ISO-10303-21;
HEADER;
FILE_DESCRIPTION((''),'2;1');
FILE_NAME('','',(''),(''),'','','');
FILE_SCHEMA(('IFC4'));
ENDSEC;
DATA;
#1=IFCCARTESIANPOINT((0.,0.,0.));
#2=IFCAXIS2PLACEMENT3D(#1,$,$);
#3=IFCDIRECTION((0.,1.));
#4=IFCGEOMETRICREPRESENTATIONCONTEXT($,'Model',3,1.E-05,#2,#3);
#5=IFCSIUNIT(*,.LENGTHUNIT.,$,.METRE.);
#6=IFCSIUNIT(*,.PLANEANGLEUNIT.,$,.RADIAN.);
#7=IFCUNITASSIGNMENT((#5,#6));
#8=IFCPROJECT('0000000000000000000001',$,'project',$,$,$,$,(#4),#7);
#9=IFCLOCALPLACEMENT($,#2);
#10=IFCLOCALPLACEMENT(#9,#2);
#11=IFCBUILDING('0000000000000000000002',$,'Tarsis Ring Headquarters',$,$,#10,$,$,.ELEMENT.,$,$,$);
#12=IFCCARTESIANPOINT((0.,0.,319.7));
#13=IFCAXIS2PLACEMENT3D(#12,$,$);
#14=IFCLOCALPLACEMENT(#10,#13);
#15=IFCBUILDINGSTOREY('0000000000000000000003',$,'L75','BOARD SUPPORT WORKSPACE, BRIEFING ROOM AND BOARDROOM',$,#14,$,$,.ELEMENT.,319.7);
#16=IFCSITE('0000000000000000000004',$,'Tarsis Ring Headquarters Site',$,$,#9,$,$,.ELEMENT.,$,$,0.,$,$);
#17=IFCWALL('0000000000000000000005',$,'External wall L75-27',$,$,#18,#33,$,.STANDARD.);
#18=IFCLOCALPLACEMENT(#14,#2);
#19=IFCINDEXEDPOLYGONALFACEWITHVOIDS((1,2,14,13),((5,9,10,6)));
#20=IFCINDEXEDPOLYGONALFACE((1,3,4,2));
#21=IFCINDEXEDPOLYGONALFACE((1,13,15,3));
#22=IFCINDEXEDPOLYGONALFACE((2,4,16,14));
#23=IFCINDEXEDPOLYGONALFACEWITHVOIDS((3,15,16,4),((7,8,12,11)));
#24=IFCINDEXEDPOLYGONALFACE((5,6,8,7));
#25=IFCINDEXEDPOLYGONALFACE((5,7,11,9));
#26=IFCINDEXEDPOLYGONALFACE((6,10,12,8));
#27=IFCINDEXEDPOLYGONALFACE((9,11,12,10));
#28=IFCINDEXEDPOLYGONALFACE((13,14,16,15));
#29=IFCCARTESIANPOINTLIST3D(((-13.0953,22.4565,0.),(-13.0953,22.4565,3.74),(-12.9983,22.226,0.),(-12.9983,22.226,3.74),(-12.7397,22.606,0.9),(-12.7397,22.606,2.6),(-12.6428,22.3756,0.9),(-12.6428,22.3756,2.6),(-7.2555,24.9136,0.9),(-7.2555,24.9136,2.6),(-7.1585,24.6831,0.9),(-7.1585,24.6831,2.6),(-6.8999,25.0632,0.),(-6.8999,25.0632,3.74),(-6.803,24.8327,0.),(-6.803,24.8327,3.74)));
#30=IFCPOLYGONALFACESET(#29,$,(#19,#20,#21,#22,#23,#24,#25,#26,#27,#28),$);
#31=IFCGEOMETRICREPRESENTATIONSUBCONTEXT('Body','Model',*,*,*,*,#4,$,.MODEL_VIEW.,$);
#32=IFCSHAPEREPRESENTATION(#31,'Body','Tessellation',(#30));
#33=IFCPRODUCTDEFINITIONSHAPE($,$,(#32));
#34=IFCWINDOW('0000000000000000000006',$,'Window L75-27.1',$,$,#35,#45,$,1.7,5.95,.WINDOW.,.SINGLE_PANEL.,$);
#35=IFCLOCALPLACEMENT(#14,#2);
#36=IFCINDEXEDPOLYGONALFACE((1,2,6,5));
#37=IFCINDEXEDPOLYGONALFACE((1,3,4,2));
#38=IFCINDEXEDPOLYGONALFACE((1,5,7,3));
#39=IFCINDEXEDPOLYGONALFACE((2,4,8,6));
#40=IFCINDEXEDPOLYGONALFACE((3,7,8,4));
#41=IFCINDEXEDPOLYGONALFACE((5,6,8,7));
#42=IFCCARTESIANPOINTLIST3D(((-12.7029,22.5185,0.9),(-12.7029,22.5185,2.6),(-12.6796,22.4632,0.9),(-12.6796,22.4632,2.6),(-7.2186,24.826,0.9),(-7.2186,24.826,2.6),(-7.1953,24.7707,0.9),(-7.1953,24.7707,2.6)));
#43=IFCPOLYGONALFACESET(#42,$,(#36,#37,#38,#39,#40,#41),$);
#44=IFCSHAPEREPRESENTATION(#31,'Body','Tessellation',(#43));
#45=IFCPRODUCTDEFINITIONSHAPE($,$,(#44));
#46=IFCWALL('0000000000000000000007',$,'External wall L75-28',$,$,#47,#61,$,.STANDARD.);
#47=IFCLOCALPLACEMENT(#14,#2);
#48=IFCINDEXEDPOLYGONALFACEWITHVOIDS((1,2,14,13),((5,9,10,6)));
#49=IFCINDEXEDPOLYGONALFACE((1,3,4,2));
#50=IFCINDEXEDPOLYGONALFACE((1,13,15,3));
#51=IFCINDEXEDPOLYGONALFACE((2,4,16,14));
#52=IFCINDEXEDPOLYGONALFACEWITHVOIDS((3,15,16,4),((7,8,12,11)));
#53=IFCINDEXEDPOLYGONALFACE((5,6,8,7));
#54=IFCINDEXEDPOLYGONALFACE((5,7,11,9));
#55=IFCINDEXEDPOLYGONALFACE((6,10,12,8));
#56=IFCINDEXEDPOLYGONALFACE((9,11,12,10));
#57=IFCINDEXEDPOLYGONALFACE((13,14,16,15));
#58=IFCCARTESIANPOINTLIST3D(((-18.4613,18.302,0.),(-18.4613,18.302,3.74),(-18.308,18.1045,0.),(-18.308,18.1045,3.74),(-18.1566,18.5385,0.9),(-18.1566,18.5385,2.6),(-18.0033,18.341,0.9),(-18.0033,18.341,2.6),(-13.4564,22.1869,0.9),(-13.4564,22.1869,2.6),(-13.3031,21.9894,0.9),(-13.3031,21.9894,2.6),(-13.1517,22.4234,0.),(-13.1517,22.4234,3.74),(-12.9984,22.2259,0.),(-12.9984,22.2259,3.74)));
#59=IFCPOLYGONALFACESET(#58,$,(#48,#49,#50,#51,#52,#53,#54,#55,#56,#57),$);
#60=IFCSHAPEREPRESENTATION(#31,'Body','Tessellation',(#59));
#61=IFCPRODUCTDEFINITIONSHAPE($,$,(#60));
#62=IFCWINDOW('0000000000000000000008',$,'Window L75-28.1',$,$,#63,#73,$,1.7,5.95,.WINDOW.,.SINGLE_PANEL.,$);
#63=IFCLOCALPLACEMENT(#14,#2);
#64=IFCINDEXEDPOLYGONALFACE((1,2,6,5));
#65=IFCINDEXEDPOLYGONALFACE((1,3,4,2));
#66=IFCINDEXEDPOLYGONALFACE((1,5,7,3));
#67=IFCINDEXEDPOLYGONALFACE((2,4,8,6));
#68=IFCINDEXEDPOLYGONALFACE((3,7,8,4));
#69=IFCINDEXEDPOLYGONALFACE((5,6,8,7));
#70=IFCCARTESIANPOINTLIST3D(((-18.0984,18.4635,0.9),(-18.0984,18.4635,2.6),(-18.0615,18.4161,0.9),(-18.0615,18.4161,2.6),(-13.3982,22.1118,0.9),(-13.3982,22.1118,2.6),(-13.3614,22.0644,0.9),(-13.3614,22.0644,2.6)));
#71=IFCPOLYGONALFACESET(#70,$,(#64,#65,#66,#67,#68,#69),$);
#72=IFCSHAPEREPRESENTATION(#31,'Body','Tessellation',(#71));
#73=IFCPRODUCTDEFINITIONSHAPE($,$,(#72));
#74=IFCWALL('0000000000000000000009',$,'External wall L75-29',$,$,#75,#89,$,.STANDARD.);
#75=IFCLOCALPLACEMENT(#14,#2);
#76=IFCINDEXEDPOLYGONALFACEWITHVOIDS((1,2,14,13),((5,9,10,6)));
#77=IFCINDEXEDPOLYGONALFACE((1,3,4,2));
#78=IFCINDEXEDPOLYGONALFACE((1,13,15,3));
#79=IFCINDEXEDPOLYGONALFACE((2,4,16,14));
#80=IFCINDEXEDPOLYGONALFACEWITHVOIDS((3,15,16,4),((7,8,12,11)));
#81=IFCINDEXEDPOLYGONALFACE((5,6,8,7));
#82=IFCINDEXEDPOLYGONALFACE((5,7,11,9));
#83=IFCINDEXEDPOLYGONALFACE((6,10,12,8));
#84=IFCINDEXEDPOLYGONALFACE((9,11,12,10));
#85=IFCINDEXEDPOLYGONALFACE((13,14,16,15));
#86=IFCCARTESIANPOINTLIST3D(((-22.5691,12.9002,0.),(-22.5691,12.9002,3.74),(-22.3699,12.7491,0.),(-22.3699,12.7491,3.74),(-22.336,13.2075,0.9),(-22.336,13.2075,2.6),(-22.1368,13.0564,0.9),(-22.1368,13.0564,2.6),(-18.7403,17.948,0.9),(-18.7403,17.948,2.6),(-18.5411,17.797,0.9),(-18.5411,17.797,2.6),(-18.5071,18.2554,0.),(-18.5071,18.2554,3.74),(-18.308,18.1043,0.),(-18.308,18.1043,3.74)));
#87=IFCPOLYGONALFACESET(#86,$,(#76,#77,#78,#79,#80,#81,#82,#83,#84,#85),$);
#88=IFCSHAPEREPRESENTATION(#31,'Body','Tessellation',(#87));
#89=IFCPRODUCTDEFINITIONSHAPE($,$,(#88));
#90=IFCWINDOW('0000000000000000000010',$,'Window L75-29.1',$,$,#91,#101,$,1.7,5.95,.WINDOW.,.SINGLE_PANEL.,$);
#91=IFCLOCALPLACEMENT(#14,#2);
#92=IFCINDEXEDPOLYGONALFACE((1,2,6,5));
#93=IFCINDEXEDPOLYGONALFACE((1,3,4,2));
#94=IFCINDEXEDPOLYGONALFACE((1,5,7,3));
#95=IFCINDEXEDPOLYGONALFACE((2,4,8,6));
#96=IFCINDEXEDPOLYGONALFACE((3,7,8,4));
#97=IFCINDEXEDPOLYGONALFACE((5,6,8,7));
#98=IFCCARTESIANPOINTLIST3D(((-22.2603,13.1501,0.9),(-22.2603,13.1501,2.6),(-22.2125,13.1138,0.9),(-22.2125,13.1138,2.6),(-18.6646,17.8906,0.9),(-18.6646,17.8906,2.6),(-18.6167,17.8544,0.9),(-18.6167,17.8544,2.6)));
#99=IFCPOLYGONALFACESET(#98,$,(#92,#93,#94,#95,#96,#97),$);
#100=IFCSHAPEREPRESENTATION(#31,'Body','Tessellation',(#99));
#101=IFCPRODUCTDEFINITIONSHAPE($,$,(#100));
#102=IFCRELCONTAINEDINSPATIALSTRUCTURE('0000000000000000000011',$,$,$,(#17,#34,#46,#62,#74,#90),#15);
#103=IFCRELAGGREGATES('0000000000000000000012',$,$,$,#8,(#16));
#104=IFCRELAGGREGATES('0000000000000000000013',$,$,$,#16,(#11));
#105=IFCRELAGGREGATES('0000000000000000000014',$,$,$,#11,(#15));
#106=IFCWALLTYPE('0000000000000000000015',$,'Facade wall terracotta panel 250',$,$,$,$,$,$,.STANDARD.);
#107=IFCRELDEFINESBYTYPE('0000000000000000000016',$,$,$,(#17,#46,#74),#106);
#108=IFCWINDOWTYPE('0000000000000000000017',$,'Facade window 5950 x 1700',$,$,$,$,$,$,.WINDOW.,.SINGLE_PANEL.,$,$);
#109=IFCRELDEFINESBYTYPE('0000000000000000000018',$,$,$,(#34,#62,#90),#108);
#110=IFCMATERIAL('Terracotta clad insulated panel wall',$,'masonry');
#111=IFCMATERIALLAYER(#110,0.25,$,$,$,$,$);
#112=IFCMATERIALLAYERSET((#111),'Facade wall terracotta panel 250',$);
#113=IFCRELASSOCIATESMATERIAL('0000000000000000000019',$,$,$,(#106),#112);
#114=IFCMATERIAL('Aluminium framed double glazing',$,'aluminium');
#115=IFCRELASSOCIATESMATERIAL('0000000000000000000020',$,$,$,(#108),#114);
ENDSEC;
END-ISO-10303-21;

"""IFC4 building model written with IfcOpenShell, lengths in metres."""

from ifc_helpers import new_model, si_unit, direction, frame, frame_2d, origin, place, context, subcontext, project, spatial, rectangle, extrude, material, layer, layer_set, type_object, element, fill, save


model = new_model("IFC4")

# Units and contexts
model_context = context("Model", 3, precision=1e-05, world=origin(), true_north=direction((0.0, 1.0)))
body_context = subcontext(model_context, "Body", "Model", "MODEL_VIEW")
ifc_project = project(units=[si_unit("LENGTHUNIT", "METRE"), si_unit("PLANEANGLEUNIT", "RADIAN")], contexts=[model_context])

# Site, building, storey
site_placement = place(None, origin())
site = spatial("IfcSite", under=ifc_project, at=site_placement, Name="Tarsis Ring Headquarters Site", CompositionType="ELEMENT", RefElevation=0.0)
building_placement = place(site_placement, origin())
building = spatial("IfcBuilding", under=site, at=building_placement, Name="Tarsis Ring Headquarters", CompositionType="ELEMENT")
storey_placement = place(building_placement, frame((0.0, 0.0, 319.7)))
storey = spatial("IfcBuildingStorey", under=building, at=storey_placement, Name="L75", Description="BOARD SUPPORT WORKSPACE, BRIEFING ROOM AND BOARDROOM", CompositionType="ELEMENT", Elevation=319.7)

# Walls, openings, windows
ifc_material_1 = material(Name="Terracotta clad insulated panel wall", Category="masonry")
ifc_layer_1 = layer(ifc_material_1, 0.25)
ifc_layer_set_1 = layer_set([ifc_layer_1], Name="Facade wall terracotta panel 250")
wall_type_1 = type_object("IfcWallType", Name="Facade wall terracotta panel 250", PredefinedType="STANDARD", material=ifc_layer_set_1)
wall_1_placement = place(storey_placement, frame((-6.8513, 24.948, 0.0), z_axis=(0.0, 0.0, 1.0), x_axis=(-0.921734, -0.387822, 0.0)))
wall_1 = element("IfcWall", 1, at=wall_1_placement, inside=storey, type_object=wall_type_1, Name="External wall L75-27", PredefinedType="STANDARD", context=body_context, shape_type="SweptSolid", body=[
    extrude(rectangle(XDim=6.7214, YDim=0.25, at=frame_2d((3.3608, 0.0))), origin(), (0.0, 0.0, 1.0), 3.74),
])
opening_1_placement = place(wall_1_placement, frame((0.3857, 0.0, 0.8999)))
opening_1 = element("IfcOpeningElement", 2, at=opening_1_placement, cuts=wall_1, PredefinedType="OPENING", context=body_context, shape_type="SweptSolid", body=[
    extrude(rectangle(XDim=5.95, YDim=1.7, at=frame_2d((2.9751, 0.8501))), frame((0.0, 0.135, 0.0), z_axis=(0.0, -1.0, 0.0), x_axis=(1.0, 0.0, 0.0)), (0.0, 0.0, 1.0), 0.27),
])
ifc_material_2 = material(Name="Aluminium framed double glazing", Category="aluminium")
window_type = type_object("IfcWindowType", Name="Facade window 5950 x 1700", PartitioningType="SINGLE_PANEL", PredefinedType="WINDOW", material=ifc_material_2)
window_1_placement = place(opening_1_placement, origin())
window_1 = element("IfcWindow", 3, at=window_1_placement, inside=storey, type_object=window_type, Name="Window L75-27.1", OverallHeight=1.7, OverallWidth=5.95, PartitioningType="SINGLE_PANEL", PredefinedType="WINDOW", context=body_context, shape_type="SweptSolid", body=[
    extrude(rectangle(XDim=5.95, YDim=1.7, at=frame_2d((2.9751, 0.8501))), frame((0.0, 0.03, 0.0), z_axis=(0.0, -1.0, 0.0), x_axis=(1.0, 0.0, 0.0)), (0.0, 0.0, 1.0), 0.0601),
])
fill(opening_1, window_1)
wall_2_placement = place(storey_placement, frame((-13.075, 22.3247, 0.0), z_axis=(0.0, 0.0, 1.0), x_axis=(-0.789952, -0.613168, 0.0)))
wall_2 = element("IfcWall", 4, at=wall_2_placement, inside=storey, type_object=wall_type_1, Name="External wall L75-28", PredefinedType="STANDARD", context=body_context, shape_type="SweptSolid", body=[
    extrude(rectangle(XDim=6.7214, YDim=0.25, at=frame_2d((3.3608, 0.0))), origin(), (0.0, 0.0, 1.0), 3.74),
])
opening_2_placement = place(wall_2_placement, frame((0.3857, 0.0, 0.8999)))
opening_2 = element("IfcOpeningElement", 5, at=opening_2_placement, cuts=wall_2, PredefinedType="OPENING", context=body_context, shape_type="SweptSolid", body=[
    extrude(rectangle(XDim=5.95, YDim=1.7, at=frame_2d((2.9751, 0.8501))), frame((0.0, 0.135, 0.0), z_axis=(0.0, -1.0, 0.0), x_axis=(1.0, 0.0, 0.0)), (0.0, 0.0, 1.0), 0.27),
])
window_2_placement = place(opening_2_placement, origin())
window_2 = element("IfcWindow", 6, at=window_2_placement, inside=storey, type_object=window_type, Name="Window L75-28.1", OverallHeight=1.7, OverallWidth=5.95, PartitioningType="SINGLE_PANEL", PredefinedType="WINDOW", context=body_context, shape_type="SweptSolid", body=[
    extrude(rectangle(XDim=5.95, YDim=1.7, at=frame_2d((2.9751, 0.8501))), frame((0.0, 0.03, 0.0), z_axis=(0.0, -1.0, 0.0), x_axis=(1.0, 0.0, 0.0)), (0.0, 0.0, 1.0), 0.0601),
])
fill(opening_2, window_2)
wall_3_placement = place(storey_placement, frame((-18.4075, 18.1799, 0.0), z_axis=(0.0, 0.0, 1.0), x_axis=(-0.604332, -0.796732, 0.0)))
wall_3 = element("IfcWall", 7, at=wall_3_placement, inside=storey, type_object=wall_type_1, Name="External wall L75-29", PredefinedType="STANDARD", context=body_context, shape_type="SweptSolid", body=[
    extrude(rectangle(XDim=6.7214, YDim=0.25, at=frame_2d((3.3608, 0.0))), origin(), (0.0, 0.0, 1.0), 3.74),
])
opening_3_placement = place(wall_3_placement, frame((0.3857, 0.0, 0.8999)))
opening_3 = element("IfcOpeningElement", 8, at=opening_3_placement, cuts=wall_3, PredefinedType="OPENING", context=body_context, shape_type="SweptSolid", body=[
    extrude(rectangle(XDim=5.95, YDim=1.7, at=frame_2d((2.9751, 0.8501))), frame((0.0, 0.135, 0.0), z_axis=(0.0, -1.0, 0.0), x_axis=(1.0, 0.0, 0.0)), (0.0, 0.0, 1.0), 0.27),
])
window_3_placement = place(opening_3_placement, origin())
window_3 = element("IfcWindow", 9, at=window_3_placement, inside=storey, type_object=window_type, Name="Window L75-29.1", OverallHeight=1.7, OverallWidth=5.95, PartitioningType="SINGLE_PANEL", PredefinedType="WINDOW", context=body_context, shape_type="SweptSolid", body=[
    extrude(rectangle(XDim=5.95, YDim=1.7, at=frame_2d((2.9751, 0.8501))), frame((0.0, 0.03, 0.0), z_axis=(0.0, -1.0, 0.0), x_axis=(1.0, 0.0, 0.0)), (0.0, 0.0, 1.0), 0.0601),
])
fill(opening_3, window_3)

save(model, "model.ifc")
